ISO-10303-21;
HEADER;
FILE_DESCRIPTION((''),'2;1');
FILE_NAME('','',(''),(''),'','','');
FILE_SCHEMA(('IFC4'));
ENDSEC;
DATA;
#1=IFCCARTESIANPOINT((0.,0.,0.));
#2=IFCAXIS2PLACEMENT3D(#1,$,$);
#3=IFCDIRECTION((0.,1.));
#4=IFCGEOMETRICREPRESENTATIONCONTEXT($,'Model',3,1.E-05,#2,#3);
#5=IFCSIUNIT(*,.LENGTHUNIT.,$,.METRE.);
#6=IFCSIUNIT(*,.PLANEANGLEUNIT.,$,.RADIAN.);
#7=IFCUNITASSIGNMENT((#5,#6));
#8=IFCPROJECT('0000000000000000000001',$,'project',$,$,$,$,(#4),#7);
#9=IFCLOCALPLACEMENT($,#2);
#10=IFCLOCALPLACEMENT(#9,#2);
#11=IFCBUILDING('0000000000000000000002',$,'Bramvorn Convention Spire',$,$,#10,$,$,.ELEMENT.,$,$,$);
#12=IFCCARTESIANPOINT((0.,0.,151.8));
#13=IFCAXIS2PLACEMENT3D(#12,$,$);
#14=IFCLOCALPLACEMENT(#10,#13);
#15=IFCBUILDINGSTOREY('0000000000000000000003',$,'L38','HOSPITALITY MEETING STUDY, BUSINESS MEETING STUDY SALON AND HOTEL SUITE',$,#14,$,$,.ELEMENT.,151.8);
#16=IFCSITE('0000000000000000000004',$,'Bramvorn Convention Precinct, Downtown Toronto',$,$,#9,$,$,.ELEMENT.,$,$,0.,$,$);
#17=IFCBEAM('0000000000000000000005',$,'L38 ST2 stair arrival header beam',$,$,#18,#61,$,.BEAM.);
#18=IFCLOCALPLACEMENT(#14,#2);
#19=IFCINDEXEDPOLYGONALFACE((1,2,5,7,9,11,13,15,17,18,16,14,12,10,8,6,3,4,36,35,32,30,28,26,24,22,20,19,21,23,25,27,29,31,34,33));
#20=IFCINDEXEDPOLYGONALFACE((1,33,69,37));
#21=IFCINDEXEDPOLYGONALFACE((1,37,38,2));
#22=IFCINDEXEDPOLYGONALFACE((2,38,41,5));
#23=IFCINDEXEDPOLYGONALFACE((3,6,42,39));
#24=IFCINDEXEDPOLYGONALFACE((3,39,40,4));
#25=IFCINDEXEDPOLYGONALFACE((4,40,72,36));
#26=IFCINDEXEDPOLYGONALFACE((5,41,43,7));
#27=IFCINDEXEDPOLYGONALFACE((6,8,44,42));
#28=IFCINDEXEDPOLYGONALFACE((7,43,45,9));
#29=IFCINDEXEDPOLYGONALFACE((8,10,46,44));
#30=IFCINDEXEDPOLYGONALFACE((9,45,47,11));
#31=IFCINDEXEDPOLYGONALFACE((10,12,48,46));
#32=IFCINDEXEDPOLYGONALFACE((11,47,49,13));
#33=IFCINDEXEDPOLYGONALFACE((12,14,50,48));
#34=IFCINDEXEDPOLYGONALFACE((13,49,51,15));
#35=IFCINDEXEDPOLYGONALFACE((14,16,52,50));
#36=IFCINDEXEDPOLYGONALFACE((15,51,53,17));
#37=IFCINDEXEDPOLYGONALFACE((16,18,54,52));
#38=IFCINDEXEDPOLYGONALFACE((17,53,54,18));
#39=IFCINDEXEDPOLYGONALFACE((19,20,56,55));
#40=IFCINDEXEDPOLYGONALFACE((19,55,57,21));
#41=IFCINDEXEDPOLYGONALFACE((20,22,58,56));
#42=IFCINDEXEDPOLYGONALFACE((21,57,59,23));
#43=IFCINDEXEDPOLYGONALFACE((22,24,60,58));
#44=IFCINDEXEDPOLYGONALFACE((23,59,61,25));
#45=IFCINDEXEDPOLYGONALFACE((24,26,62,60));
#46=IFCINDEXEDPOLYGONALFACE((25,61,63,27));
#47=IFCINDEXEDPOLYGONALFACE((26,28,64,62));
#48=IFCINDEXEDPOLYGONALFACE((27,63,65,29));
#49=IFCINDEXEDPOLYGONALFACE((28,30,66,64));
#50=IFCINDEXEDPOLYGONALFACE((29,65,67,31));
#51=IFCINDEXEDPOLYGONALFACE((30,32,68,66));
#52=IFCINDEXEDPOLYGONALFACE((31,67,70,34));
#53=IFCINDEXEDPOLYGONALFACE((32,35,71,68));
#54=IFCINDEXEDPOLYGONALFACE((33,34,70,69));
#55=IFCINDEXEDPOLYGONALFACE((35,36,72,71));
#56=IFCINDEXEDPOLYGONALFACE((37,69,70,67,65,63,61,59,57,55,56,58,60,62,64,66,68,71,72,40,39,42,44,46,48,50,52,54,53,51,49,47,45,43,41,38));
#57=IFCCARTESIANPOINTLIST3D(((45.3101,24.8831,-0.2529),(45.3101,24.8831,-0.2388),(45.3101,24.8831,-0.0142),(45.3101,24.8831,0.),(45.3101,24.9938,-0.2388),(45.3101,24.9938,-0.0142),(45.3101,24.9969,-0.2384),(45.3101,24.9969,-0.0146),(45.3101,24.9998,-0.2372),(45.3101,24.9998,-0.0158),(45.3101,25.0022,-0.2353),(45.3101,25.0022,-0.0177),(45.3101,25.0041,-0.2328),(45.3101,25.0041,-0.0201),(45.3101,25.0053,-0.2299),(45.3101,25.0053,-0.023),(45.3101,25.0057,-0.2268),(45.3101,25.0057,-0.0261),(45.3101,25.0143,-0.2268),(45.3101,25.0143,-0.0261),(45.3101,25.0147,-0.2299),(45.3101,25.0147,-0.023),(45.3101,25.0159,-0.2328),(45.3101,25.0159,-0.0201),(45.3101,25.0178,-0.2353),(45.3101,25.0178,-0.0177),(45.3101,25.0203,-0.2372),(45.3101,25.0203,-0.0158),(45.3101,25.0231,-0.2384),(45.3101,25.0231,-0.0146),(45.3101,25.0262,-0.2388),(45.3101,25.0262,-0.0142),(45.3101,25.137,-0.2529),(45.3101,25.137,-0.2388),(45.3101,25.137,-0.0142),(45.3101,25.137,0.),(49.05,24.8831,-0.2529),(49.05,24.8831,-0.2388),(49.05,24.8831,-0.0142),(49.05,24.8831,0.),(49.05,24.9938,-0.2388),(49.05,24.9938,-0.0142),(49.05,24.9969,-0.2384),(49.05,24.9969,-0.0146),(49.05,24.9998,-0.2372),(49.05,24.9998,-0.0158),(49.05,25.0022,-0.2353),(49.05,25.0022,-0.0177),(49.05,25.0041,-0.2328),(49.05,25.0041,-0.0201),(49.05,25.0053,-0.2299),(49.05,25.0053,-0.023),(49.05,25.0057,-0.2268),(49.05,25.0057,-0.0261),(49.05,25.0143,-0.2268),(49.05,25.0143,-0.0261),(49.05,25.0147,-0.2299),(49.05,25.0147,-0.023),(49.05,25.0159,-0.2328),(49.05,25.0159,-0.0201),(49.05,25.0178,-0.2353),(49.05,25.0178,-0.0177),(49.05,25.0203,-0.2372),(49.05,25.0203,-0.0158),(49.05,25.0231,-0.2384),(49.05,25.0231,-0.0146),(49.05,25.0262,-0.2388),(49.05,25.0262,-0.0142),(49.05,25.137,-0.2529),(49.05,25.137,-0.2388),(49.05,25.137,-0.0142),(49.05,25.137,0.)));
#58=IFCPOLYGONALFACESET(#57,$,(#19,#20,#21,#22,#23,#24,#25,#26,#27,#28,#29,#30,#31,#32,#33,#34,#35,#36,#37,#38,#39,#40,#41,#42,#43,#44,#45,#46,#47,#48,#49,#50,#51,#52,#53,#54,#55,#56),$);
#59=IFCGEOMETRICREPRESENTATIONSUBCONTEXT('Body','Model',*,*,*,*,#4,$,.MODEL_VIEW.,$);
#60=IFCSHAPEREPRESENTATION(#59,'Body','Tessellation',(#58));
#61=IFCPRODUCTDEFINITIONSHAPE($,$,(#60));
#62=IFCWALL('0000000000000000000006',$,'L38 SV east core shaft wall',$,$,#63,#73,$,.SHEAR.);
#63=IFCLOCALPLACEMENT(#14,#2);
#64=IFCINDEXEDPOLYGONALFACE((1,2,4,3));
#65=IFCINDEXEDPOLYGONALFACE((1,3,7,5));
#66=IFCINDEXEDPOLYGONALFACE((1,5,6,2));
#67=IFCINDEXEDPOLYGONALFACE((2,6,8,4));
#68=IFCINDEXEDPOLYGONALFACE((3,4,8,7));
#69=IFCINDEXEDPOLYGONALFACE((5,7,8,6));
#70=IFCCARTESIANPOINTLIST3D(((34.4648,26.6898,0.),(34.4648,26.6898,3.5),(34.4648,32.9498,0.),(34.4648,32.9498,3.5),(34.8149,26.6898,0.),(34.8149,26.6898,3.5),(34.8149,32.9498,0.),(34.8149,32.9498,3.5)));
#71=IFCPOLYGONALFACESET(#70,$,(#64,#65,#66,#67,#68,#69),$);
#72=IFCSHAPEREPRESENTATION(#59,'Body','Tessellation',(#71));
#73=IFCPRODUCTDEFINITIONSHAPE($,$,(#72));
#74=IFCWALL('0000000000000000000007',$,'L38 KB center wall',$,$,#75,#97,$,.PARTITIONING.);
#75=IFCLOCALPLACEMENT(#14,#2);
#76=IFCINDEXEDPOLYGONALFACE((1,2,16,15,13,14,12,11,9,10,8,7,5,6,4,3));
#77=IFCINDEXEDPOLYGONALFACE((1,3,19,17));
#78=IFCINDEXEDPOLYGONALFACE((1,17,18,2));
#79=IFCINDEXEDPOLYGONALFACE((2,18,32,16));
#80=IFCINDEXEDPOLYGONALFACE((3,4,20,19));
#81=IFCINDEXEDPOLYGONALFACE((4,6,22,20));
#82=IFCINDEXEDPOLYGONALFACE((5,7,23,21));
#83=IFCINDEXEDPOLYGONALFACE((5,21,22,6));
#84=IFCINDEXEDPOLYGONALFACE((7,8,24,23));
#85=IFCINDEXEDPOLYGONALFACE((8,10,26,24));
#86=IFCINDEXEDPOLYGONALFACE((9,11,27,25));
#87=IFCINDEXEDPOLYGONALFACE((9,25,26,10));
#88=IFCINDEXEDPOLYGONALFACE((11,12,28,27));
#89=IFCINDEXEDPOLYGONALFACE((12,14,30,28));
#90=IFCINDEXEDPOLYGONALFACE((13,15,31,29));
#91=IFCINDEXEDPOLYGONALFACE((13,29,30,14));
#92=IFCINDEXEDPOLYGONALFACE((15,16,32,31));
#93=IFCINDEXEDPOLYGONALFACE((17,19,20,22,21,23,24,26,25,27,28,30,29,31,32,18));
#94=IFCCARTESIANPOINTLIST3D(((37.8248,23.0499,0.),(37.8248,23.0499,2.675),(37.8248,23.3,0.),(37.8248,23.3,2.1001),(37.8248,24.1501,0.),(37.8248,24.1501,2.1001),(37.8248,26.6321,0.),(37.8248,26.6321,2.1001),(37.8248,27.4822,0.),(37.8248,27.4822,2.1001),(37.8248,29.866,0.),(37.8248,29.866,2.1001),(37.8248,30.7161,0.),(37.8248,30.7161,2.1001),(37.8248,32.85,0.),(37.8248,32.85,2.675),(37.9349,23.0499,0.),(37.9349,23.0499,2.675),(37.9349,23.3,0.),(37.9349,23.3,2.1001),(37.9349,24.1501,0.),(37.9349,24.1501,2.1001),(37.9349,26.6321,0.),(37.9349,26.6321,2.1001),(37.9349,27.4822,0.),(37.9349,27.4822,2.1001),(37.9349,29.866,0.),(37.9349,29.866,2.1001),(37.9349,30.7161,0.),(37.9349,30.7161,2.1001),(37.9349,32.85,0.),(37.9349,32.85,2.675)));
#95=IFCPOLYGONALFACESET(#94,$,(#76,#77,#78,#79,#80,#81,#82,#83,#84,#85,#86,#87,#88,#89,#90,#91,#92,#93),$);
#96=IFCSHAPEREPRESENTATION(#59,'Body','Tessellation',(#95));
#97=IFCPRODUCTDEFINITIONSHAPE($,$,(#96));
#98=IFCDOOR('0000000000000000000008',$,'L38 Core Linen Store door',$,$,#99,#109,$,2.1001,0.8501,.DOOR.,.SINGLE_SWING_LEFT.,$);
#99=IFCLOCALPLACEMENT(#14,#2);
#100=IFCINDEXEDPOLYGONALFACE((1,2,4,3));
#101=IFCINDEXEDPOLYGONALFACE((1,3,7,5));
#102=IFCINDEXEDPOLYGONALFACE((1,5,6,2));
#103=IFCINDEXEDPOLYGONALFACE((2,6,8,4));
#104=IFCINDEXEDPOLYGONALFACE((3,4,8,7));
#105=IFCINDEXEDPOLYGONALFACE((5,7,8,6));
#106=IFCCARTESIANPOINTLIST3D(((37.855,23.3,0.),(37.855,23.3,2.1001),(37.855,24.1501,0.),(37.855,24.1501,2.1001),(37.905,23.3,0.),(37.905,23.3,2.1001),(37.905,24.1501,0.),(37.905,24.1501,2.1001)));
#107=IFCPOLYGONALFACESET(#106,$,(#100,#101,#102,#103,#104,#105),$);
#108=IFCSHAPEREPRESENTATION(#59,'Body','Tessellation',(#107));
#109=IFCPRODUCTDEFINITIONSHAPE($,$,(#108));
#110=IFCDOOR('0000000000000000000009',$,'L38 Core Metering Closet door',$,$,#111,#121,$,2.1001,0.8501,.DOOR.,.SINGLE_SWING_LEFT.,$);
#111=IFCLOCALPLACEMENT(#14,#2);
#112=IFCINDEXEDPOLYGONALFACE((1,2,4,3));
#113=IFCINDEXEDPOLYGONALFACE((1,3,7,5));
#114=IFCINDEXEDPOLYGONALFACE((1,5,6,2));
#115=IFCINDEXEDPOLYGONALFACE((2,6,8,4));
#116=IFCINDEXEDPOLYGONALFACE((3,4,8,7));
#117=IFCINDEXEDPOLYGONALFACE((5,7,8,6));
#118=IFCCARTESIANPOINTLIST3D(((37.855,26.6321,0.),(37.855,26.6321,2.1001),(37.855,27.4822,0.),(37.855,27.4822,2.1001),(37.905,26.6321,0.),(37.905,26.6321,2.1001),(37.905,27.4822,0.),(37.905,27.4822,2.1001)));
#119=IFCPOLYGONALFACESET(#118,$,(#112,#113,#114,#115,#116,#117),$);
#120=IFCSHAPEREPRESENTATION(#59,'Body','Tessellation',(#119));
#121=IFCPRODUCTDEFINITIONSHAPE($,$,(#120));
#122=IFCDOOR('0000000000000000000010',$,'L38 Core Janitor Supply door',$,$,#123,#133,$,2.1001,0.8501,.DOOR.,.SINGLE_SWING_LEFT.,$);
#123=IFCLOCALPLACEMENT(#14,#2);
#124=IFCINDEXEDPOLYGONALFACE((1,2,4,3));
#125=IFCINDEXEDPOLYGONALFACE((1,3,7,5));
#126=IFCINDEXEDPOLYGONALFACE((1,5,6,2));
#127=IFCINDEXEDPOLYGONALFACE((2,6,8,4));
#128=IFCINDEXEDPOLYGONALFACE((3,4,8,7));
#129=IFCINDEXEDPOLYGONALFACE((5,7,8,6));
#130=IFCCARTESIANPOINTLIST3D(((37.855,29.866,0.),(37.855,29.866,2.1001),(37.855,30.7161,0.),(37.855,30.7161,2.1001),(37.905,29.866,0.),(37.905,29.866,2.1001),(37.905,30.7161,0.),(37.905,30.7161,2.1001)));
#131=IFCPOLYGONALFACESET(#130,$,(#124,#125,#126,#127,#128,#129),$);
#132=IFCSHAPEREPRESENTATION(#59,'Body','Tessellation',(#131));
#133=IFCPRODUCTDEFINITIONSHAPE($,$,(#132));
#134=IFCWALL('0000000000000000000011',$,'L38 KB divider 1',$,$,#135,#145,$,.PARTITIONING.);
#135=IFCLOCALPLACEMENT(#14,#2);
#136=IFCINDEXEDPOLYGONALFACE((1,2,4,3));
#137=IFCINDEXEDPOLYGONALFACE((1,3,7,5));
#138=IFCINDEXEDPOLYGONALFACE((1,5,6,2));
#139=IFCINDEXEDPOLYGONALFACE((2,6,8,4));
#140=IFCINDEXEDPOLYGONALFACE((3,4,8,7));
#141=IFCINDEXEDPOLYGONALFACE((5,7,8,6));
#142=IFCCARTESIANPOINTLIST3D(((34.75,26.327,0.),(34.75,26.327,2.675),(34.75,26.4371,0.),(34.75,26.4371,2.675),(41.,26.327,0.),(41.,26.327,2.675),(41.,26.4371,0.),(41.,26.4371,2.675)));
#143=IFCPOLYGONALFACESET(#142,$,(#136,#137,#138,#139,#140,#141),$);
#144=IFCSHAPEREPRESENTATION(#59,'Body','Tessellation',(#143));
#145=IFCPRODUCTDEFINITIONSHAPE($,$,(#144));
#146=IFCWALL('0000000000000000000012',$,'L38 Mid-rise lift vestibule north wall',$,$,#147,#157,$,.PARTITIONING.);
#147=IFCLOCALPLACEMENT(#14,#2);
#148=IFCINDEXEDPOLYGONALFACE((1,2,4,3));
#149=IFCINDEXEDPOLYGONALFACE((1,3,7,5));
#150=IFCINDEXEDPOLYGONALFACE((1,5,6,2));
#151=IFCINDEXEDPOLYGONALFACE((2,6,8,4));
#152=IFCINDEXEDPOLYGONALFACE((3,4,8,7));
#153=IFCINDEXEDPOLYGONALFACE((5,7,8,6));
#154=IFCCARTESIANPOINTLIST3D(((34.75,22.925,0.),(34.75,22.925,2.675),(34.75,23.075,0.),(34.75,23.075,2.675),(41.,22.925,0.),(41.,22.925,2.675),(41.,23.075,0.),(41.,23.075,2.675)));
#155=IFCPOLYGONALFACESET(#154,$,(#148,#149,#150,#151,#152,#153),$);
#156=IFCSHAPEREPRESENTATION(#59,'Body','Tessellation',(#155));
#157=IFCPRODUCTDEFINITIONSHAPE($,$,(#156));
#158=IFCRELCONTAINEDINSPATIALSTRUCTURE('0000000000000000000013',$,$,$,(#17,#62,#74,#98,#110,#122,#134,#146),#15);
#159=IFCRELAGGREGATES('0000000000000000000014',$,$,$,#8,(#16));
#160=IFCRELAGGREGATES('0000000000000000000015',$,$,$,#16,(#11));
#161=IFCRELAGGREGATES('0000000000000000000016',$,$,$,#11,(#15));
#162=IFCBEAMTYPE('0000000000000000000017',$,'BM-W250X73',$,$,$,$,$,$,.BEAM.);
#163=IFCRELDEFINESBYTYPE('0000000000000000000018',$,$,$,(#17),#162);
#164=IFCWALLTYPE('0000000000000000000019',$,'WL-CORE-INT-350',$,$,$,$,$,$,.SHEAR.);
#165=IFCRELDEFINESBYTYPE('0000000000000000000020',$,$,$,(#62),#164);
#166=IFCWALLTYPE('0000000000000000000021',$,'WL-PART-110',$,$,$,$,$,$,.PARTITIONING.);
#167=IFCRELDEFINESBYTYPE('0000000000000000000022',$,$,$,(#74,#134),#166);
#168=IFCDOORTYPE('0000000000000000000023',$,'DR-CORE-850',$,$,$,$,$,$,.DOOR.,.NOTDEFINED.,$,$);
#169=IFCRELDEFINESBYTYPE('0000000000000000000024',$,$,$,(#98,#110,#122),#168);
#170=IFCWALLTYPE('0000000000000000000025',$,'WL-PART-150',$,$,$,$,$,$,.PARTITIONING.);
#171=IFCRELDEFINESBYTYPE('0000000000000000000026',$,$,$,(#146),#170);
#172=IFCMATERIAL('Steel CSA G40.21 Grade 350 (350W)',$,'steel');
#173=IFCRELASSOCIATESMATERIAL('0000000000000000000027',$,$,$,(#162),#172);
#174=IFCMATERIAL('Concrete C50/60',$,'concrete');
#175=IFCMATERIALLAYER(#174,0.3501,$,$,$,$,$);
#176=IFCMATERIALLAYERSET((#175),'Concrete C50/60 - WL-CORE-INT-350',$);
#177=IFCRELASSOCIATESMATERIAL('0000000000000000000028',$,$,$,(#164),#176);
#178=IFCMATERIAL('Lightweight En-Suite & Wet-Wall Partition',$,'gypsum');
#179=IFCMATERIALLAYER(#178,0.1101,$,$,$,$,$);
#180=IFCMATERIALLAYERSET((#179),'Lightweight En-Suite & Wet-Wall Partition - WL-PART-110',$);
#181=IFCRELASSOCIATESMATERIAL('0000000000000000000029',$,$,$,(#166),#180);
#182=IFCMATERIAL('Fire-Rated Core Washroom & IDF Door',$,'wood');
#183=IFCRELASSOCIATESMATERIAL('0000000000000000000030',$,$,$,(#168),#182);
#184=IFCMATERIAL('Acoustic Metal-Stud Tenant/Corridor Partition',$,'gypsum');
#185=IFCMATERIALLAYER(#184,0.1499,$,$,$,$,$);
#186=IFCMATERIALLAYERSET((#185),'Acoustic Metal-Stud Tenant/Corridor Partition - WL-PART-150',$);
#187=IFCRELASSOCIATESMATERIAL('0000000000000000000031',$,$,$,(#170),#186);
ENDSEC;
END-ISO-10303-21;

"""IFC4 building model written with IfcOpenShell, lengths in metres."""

from ifc_helpers import new_model, si_unit, direction, frame, frame_2d, origin, origin_2d, place, context, subcontext, project, spatial, rectangle, i_section, extrude, material, layer, layer_set, material_profile, profile_set, type_object, element, fill, save


model = new_model("IFC4")

# Units and contexts
model_context = context("Model", 3, precision=1e-05, world=origin(), true_north=direction((0.0, 1.0)))
body_context = subcontext(model_context, "Body", "Model", "MODEL_VIEW")
ifc_project = project(units=[si_unit("LENGTHUNIT", "METRE"), si_unit("PLANEANGLEUNIT", "RADIAN")], contexts=[model_context])

# Site, building, storey
site_placement = place(None, origin())
site = spatial("IfcSite", under=ifc_project, at=site_placement, Name="Bramvorn Convention Precinct, Downtown Toronto", CompositionType="ELEMENT", RefElevation=0.0)
building_placement = place(site_placement, origin())
building = spatial("IfcBuilding", under=site, at=building_placement, Name="Bramvorn Convention Spire", CompositionType="ELEMENT")
storey_placement = place(building_placement, frame((0.0, 0.0, 151.8)))
storey = spatial("IfcBuildingStorey", under=building, at=storey_placement, Name="L38", Description="HOSPITALITY MEETING STUDY, BUSINESS MEETING STUDY SALON AND HOTEL SUITE", CompositionType="ELEMENT", Elevation=151.8)

# Beam
ifc_material_1 = material(Name="Steel CSA G40.21 Grade 350 (350W)", Category="steel")
ifc_material_profile = material_profile(ifc_material_1, i_section(OverallWidth=0.2539, OverallDepth=0.2529, WebThickness=0.0085, FlangeThickness=0.0142, FilletRadius=0.012, at=origin_2d()))
ifc_profile_set = profile_set([ifc_material_profile], Name="Steel CSA G40.21 Grade 350 (350W) - W250X73")
beam_type = type_object("IfcBeamType", Name="BM-W250X73", PredefinedType="BEAM", material=ifc_profile_set)
beam_placement = place(storey_placement, frame((45.3101, 25.01, -0.1265), z_axis=(1.0, 0.0, 0.0), x_axis=(0.0, 1.0, 0.0)))
element("IfcBeam", 1, at=beam_placement, inside=storey, type_object=beam_type, Name="L38 ST2 stair arrival header beam", PredefinedType="BEAM", context=body_context, shape_type="SweptSolid", body=[
    extrude(i_section(OverallWidth=0.2539, OverallDepth=0.2529, WebThickness=0.0085, FlangeThickness=0.0142, FilletRadius=0.012, at=origin_2d()), origin(), (0.0, 0.0, 1.0), 3.74),
])

# Wall
ifc_material_2 = material(Name="Concrete C50/60", Category="concrete")
ifc_layer_1 = layer(ifc_material_2, 0.3501)
ifc_layer_set_1 = layer_set([ifc_layer_1], Name="Concrete C50/60 - WL-CORE-INT-350")
wall_type_1 = type_object("IfcWallType", Name="WL-CORE-INT-350", PredefinedType="SHEAR", material=ifc_layer_set_1)
wall_1_placement = place(storey_placement, frame((34.6399, 26.6899, 0.0), z_axis=(0.0, 0.0, 1.0), x_axis=(0.0, 1.0, 0.0)))
element("IfcWall", 2, at=wall_1_placement, inside=storey, type_object=wall_type_1, Name="L38 SV east core shaft wall", PredefinedType="SHEAR", context=body_context, shape_type="SweptSolid", body=[
    extrude(rectangle(XDim=6.26, YDim=0.3501, at=frame_2d((3.1299, 0.0))), origin(), (0.0, 0.0, 1.0), 3.5),
])

# Wall, openings, doors
ifc_material_3 = material(Name="Lightweight En-Suite & Wet-Wall Partition", Category="gypsum")
ifc_layer_2 = layer(ifc_material_3, 0.1101)
ifc_layer_set_2 = layer_set([ifc_layer_2], Name="Lightweight En-Suite & Wet-Wall Partition - WL-PART-110")
wall_type_2 = type_object("IfcWallType", Name="WL-PART-110", PredefinedType="PARTITIONING", material=ifc_layer_set_2)
wall_2_placement = place(storey_placement, frame((37.8799, 23.05, 0.0), z_axis=(0.0, 0.0, 1.0), x_axis=(0.0, 1.0, 0.0)))
wall_2 = element("IfcWall", 3, at=wall_2_placement, inside=storey, type_object=wall_type_2, Name="L38 KB center wall", PredefinedType="PARTITIONING", context=body_context, shape_type="SweptSolid", body=[
    extrude(rectangle(XDim=9.8, YDim=0.1101, at=frame_2d((4.8999, 0.0))), origin(), (0.0, 0.0, 1.0), 2.675),
])
opening_1_placement = place(wall_2_placement, frame((0.25, 0.0, 0.0)))
opening_1 = element("IfcOpeningElement", 4, at=opening_1_placement, cuts=wall_2, PredefinedType="OPENING", context=body_context, shape_type="SweptSolid", body=[
    extrude(rectangle(XDim=0.8501, YDim=2.1001, at=frame_2d((0.425, 1.05))), frame((0.0, 0.0649, 0.0), z_axis=(0.0, -1.0, 0.0), x_axis=(1.0, 0.0, 0.0)), (0.0, 0.0, 1.0), 0.1301),
])
opening_2_placement = place(wall_2_placement, frame((3.582, 0.0, 0.0)))
opening_2 = element("IfcOpeningElement", 5, at=opening_2_placement, cuts=wall_2, PredefinedType="OPENING", context=body_context, shape_type="SweptSolid", body=[
    extrude(rectangle(XDim=0.8501, YDim=2.1001, at=frame_2d((0.425, 1.05))), frame((0.0, 0.0649, 0.0), z_axis=(0.0, -1.0, 0.0), x_axis=(1.0, 0.0, 0.0)), (0.0, 0.0, 1.0), 0.1301),
])
opening_3_placement = place(wall_2_placement, frame((6.8159, 0.0, 0.0)))
opening_3 = element("IfcOpeningElement", 6, at=opening_3_placement, cuts=wall_2, PredefinedType="OPENING", context=body_context, shape_type="SweptSolid", body=[
    extrude(rectangle(XDim=0.8501, YDim=2.1001, at=frame_2d((0.425, 1.05))), frame((0.0, 0.0649, 0.0), z_axis=(0.0, -1.0, 0.0), x_axis=(1.0, 0.0, 0.0)), (0.0, 0.0, 1.0), 0.1301),
])
ifc_material_4 = material(Name="Fire-Rated Core Washroom & IDF Door", Category="wood")
door_type_1 = type_object("IfcDoorType", Name="DR-CORE-850", OperationType="NOTDEFINED", PredefinedType="DOOR", material=ifc_material_4)
door_1_placement = place(opening_1_placement, origin())
door_1 = element("IfcDoor", 7, at=door_1_placement, inside=storey, type_object=door_type_1, Name="L38 Core Linen Store door", OperationType="SINGLE_SWING_LEFT", OverallHeight=2.1001, OverallWidth=0.8501, PredefinedType="DOOR", context=body_context, shape_type="SweptSolid", body=[
    extrude(rectangle(XDim=0.8501, YDim=2.1001, at=frame_2d((0.425, 1.05))), frame((0.0, 0.0249, 0.0), z_axis=(0.0, -1.0, 0.0), x_axis=(1.0, 0.0, 0.0)), (0.0, 0.0, 1.0), 0.05),
])
fill(opening_1, door_1)
door_2_placement = place(opening_2_placement, origin())
door_2 = element("IfcDoor", 8, at=door_2_placement, inside=storey, type_object=door_type_1, Name="L38 Core Metering Closet door", OperationType="SINGLE_SWING_LEFT", OverallHeight=2.1001, OverallWidth=0.8501, PredefinedType="DOOR", context=body_context, shape_type="SweptSolid", body=[
    extrude(rectangle(XDim=0.8501, YDim=2.1001, at=frame_2d((0.425, 1.05))), frame((0.0, 0.0249, 0.0), z_axis=(0.0, -1.0, 0.0), x_axis=(1.0, 0.0, 0.0)), (0.0, 0.0, 1.0), 0.05),
])
fill(opening_2, door_2)
door_3_placement = place(opening_3_placement, origin())
door_3 = element("IfcDoor", 9, at=door_3_placement, inside=storey, type_object=door_type_1, Name="L38 Core Janitor Supply door", OperationType="SINGLE_SWING_LEFT", OverallHeight=2.1001, OverallWidth=0.8501, PredefinedType="DOOR", context=body_context, shape_type="SweptSolid", body=[
    extrude(rectangle(XDim=0.8501, YDim=2.1001, at=frame_2d((0.425, 1.05))), frame((0.0, 0.0249, 0.0), z_axis=(0.0, -1.0, 0.0), x_axis=(1.0, 0.0, 0.0)), (0.0, 0.0, 1.0), 0.05),
])
fill(opening_3, door_3)

# Walls
wall_3_placement = place(storey_placement, frame((34.75, 26.3821, 0.0), z_axis=(0.0, 0.0, 1.0), x_axis=(1.0, 0.0, 0.0)))
element("IfcWall", 10, at=wall_3_placement, inside=storey, type_object=wall_type_2, Name="L38 KB divider 1", PredefinedType="PARTITIONING", context=body_context, shape_type="SweptSolid", body=[
    extrude(rectangle(XDim=6.25, YDim=0.1101, at=frame_2d((3.125, 0.0))), origin(), (0.0, 0.0, 1.0), 2.675),
])
ifc_material_5 = material(Name="Acoustic Metal-Stud Tenant/Corridor Partition", Category="gypsum")
ifc_layer_3 = layer(ifc_material_5, 0.1499)
ifc_layer_set_3 = layer_set([ifc_layer_3], Name="Acoustic Metal-Stud Tenant/Corridor Partition - WL-PART-150")
wall_type_3 = type_object("IfcWallType", Name="WL-PART-150", PredefinedType="PARTITIONING", material=ifc_layer_set_3)
wall_4_placement = place(storey_placement, frame((34.75, 23.0, 0.0), z_axis=(0.0, 0.0, 1.0), x_axis=(1.0, 0.0, 0.0)))
element("IfcWall", 11, at=wall_4_placement, inside=storey, type_object=wall_type_3, Name="L38 Mid-rise lift vestibule north wall", PredefinedType="PARTITIONING", context=body_context, shape_type="SweptSolid", body=[
    extrude(rectangle(XDim=6.25, YDim=0.1499, at=frame_2d((3.125, 0.0))), origin(), (0.0, 0.0, 1.0), 2.675),
])

save(model, "model.ifc")
